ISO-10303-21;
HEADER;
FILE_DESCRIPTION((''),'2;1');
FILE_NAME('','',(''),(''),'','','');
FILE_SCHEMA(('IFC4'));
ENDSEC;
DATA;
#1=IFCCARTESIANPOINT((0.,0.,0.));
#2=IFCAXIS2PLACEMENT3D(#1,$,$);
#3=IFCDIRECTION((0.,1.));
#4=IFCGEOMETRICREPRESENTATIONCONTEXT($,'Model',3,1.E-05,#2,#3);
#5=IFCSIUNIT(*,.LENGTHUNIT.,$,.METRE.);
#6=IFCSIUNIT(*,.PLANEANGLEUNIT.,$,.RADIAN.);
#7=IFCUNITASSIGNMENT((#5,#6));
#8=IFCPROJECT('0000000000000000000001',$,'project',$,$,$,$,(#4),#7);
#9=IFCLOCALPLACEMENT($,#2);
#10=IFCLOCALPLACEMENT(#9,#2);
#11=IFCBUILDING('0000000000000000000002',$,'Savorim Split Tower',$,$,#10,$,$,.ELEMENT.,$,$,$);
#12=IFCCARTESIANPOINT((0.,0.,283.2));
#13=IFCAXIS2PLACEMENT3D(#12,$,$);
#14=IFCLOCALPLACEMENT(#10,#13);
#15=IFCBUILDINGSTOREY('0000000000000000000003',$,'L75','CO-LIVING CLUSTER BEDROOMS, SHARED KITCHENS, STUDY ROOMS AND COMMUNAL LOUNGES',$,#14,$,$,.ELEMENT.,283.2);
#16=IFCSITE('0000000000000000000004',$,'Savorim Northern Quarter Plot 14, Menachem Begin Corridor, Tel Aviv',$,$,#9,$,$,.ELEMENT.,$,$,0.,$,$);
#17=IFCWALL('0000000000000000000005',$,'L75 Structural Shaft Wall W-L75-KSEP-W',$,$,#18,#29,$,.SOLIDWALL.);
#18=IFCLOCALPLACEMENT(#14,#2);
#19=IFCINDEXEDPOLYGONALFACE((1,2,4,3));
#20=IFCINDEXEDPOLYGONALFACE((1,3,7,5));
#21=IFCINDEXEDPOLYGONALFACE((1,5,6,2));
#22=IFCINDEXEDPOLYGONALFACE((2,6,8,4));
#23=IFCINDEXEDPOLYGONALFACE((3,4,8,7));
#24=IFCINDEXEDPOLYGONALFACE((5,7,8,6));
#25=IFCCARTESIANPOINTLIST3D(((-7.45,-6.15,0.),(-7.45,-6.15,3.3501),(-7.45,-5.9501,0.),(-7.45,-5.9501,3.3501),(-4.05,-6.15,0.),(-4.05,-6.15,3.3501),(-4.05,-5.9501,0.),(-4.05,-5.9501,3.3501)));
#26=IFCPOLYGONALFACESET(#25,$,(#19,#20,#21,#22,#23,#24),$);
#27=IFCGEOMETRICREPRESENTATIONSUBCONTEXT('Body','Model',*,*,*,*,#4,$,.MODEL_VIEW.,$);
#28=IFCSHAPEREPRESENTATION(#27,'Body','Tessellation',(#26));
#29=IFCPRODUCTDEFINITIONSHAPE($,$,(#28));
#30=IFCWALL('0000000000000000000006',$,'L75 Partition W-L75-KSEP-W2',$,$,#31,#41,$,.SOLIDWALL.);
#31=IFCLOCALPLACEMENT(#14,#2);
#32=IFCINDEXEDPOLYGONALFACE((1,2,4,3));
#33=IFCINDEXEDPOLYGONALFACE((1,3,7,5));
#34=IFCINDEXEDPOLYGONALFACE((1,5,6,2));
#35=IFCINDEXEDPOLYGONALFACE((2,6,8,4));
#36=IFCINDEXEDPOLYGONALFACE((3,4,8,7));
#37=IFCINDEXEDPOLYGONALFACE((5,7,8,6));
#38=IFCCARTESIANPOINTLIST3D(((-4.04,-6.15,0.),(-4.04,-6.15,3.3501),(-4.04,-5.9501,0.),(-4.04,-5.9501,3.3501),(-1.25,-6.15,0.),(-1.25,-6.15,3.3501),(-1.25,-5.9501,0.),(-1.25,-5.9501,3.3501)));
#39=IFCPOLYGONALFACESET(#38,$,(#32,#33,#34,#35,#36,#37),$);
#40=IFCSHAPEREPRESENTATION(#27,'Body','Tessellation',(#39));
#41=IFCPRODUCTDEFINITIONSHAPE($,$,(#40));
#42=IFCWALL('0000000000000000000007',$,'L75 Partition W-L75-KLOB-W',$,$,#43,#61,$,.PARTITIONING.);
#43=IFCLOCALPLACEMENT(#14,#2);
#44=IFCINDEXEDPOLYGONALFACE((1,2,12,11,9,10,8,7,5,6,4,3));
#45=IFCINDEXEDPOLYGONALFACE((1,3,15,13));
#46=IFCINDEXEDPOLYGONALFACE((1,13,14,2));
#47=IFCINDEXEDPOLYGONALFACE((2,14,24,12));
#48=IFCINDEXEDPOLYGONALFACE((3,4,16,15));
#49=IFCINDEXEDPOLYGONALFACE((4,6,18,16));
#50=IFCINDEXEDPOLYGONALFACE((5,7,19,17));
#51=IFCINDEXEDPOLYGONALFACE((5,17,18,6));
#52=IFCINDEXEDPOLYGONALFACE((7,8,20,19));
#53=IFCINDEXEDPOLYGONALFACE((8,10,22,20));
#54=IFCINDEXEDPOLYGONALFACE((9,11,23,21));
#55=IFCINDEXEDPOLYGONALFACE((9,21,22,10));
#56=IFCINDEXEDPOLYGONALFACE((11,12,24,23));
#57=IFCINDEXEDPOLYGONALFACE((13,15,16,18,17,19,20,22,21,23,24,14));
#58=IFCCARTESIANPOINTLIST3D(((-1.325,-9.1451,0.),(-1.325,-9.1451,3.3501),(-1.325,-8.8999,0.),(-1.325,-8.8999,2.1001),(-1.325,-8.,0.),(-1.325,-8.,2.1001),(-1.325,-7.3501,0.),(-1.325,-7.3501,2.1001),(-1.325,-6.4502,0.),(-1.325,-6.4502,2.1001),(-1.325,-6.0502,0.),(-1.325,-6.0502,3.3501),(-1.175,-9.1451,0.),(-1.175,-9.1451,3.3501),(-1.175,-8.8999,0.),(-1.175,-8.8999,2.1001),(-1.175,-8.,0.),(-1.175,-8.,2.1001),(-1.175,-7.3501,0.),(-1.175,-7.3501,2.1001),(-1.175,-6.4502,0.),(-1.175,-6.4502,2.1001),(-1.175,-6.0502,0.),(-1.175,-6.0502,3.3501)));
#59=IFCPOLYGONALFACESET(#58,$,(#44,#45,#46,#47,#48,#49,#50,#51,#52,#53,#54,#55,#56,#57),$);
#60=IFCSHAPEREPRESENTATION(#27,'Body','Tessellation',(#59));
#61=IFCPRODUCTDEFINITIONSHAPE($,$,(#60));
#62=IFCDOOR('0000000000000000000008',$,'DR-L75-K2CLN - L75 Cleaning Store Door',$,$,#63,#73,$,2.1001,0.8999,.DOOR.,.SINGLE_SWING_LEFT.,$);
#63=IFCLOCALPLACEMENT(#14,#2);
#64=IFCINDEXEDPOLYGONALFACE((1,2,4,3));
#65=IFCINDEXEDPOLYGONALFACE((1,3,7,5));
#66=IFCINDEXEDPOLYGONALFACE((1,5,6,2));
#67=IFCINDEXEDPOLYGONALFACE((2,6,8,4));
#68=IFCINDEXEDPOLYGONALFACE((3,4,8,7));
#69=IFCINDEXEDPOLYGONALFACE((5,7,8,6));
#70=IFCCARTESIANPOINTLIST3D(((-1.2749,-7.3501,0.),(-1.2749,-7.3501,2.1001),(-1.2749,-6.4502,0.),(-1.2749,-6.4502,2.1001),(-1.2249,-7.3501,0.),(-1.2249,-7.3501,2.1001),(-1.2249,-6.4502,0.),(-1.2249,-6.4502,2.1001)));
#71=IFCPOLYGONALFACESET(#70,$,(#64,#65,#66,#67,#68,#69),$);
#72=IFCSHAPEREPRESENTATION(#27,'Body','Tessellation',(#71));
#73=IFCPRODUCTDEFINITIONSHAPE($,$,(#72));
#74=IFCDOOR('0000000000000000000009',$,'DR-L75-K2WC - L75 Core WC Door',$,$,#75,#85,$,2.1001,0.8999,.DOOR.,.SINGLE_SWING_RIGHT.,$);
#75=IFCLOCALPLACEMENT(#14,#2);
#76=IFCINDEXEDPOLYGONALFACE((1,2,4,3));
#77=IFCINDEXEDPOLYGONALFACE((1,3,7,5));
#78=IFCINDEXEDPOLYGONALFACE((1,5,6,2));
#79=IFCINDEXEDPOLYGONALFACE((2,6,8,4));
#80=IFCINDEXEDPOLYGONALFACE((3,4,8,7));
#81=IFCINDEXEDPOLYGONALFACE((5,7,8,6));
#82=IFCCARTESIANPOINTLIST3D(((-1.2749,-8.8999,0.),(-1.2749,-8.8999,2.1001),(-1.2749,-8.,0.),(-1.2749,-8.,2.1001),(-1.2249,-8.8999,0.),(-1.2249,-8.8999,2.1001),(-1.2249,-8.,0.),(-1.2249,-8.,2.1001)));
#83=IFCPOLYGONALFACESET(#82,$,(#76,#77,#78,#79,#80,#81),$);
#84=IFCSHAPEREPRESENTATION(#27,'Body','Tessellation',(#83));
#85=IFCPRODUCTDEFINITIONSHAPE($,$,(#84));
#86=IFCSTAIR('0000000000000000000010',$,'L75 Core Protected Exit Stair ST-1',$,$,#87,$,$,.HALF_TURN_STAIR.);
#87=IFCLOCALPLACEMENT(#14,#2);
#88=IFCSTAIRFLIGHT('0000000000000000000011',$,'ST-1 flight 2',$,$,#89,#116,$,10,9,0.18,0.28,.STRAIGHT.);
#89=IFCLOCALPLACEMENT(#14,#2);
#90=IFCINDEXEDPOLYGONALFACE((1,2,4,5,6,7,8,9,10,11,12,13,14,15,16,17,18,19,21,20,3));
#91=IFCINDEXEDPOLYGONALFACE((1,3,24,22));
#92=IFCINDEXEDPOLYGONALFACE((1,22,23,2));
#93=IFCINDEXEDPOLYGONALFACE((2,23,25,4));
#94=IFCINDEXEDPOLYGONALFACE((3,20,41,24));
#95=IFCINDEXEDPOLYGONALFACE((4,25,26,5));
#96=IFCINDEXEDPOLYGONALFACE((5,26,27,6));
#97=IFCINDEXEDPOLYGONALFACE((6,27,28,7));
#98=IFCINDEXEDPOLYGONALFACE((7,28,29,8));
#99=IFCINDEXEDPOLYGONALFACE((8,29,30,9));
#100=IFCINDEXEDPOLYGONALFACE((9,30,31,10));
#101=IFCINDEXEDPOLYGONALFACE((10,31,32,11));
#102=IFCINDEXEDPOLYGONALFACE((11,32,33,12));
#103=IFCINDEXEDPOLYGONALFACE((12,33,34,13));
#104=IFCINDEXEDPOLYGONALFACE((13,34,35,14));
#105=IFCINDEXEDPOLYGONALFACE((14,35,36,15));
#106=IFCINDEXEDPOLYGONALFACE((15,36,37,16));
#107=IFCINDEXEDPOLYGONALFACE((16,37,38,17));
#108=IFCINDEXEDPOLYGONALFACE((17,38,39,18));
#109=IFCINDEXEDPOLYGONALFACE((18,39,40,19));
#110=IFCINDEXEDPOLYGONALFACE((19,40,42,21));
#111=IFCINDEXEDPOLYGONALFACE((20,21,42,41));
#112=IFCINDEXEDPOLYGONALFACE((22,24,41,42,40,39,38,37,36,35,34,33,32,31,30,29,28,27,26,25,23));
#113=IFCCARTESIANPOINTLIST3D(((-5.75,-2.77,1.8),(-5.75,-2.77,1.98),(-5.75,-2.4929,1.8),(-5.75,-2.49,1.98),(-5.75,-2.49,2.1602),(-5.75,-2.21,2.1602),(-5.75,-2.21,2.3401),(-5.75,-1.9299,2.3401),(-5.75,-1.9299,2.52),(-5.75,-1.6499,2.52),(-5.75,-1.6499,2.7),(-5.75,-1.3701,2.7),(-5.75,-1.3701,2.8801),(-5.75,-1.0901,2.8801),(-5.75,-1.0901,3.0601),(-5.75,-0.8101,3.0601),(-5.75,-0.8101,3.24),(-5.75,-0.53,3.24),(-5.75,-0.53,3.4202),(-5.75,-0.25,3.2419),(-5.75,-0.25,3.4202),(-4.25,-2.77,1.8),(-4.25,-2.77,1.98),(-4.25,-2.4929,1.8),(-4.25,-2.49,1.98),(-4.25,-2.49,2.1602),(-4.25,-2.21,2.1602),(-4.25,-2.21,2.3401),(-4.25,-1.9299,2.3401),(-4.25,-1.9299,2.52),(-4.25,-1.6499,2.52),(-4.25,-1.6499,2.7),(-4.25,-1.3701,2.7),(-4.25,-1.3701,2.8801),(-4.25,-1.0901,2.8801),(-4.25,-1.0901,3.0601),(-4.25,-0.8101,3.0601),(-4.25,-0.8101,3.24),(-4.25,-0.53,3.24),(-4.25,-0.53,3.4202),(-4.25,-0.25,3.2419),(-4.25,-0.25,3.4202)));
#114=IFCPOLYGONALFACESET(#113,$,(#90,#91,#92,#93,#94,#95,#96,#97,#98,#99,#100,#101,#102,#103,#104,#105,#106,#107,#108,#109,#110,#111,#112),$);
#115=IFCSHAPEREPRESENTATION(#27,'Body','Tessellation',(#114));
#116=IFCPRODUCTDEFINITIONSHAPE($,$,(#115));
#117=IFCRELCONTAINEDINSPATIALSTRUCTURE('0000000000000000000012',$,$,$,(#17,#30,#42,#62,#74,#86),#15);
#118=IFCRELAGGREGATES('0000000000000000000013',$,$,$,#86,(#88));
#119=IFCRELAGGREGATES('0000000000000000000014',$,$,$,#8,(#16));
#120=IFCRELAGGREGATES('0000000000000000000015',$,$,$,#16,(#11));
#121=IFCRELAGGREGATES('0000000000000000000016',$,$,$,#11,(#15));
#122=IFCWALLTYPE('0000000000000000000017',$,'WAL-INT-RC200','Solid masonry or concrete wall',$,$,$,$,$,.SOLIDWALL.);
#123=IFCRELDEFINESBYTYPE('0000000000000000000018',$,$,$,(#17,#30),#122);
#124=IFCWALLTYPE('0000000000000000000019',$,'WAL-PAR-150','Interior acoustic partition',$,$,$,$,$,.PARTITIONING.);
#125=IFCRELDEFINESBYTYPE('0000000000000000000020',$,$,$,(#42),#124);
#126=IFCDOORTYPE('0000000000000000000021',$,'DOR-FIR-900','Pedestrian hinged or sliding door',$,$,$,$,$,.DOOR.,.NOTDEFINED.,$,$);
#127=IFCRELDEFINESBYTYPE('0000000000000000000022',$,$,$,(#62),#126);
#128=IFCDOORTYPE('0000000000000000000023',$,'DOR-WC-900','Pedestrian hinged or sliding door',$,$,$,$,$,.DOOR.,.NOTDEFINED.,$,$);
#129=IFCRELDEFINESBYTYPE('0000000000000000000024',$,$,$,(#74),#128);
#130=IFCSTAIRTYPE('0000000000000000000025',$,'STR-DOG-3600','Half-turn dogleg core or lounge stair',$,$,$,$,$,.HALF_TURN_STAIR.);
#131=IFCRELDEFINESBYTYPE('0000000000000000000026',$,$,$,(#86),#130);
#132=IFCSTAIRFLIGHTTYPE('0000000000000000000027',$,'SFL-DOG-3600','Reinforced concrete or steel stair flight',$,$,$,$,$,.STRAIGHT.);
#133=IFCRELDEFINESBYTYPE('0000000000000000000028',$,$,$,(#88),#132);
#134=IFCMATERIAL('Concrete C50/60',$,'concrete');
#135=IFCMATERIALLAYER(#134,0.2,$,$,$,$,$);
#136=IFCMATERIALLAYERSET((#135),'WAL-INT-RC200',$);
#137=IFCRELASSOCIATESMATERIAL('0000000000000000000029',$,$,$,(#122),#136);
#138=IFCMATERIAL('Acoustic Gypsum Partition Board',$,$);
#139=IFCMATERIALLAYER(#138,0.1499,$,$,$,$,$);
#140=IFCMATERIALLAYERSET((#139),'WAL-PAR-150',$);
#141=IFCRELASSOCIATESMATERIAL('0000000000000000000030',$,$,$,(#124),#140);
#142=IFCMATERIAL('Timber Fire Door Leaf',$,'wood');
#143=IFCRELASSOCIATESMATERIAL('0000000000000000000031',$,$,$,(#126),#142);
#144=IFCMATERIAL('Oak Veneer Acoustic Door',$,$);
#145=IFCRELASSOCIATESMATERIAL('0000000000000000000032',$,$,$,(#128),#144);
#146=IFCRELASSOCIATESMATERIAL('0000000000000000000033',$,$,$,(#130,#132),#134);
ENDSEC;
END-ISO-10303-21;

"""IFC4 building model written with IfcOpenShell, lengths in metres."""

from ifc_helpers import new_model, si_unit, direction, frame, frame_2d, origin, place, context, subcontext, project, spatial, polyline, rectangle, outline, extrude, material, layer, layer_set, type_object, element, fill, aggregate, save


model = new_model("IFC4")

# Units and contexts
model_context = context("Model", 3, precision=1e-05, world=origin(), true_north=direction((0.0, 1.0)))
body_context = subcontext(model_context, "Body", "Model", "MODEL_VIEW")
ifc_project = project(units=[si_unit("LENGTHUNIT", "METRE"), si_unit("PLANEANGLEUNIT", "RADIAN")], contexts=[model_context])

# Site, building, storey
site_placement = place(None, origin())
site = spatial("IfcSite", under=ifc_project, at=site_placement, Name="Savorim Northern Quarter Plot 14, Menachem Begin Corridor, Tel Aviv", CompositionType="ELEMENT", RefElevation=0.0)
building_placement = place(site_placement, origin())
building = spatial("IfcBuilding", under=site, at=building_placement, Name="Savorim Split Tower", CompositionType="ELEMENT")
storey_placement = place(building_placement, frame((0.0, 0.0, 283.2)))
storey = spatial("IfcBuildingStorey", under=building, at=storey_placement, Name="L75", Description="CO-LIVING CLUSTER BEDROOMS, SHARED KITCHENS, STUDY ROOMS AND COMMUNAL LOUNGES", CompositionType="ELEMENT", Elevation=283.2)

# Shared definitions
ifc_material_1 = material(Name="Timber Fire Door Leaf", Category="wood")

# Shared definitions
ifc_material_2 = material(Name="Concrete C50/60", Category="concrete")
ifc_layer_1 = layer(ifc_material_2, 0.2)
ifc_layer_set_1 = layer_set([ifc_layer_1], Name="WAL-INT-RC200")
wall_type_1 = type_object("IfcWallType", Name="WAL-INT-RC200", Description="Solid masonry or concrete wall", PredefinedType="SOLIDWALL", material=ifc_layer_set_1)

# Walls
wall_1_placement = place(storey_placement, frame((-7.45, -6.05, 0.0), z_axis=(0.0, 0.0, 1.0), x_axis=(1.0, 0.0, 0.0)))
element("IfcWall", 1, at=wall_1_placement, inside=storey, type_object=wall_type_1, Name="L75 Structural Shaft Wall W-L75-KSEP-W", PredefinedType="SOLIDWALL", context=body_context, shape_type="SweptSolid", body=[
    extrude(rectangle(XDim=3.3999, YDim=0.2, at=frame_2d((1.7, 0.0))), origin(), (0.0, 0.0, 1.0), 3.3501),
])
wall_2_placement = place(storey_placement, frame((-4.04, -6.05, 0.0), z_axis=(0.0, 0.0, 1.0), x_axis=(1.0, 0.0, 0.0)))
element("IfcWall", 2, at=wall_2_placement, inside=storey, type_object=wall_type_1, Name="L75 Partition W-L75-KSEP-W2", PredefinedType="SOLIDWALL", context=body_context, shape_type="SweptSolid", body=[
    extrude(rectangle(XDim=2.79, YDim=0.2, at=frame_2d((1.395, 0.0))), origin(), (0.0, 0.0, 1.0), 3.3501),
])

# Wall, openings, doors
ifc_material_3 = material(Name="Acoustic Gypsum Partition Board")
ifc_layer_2 = layer(ifc_material_3, 0.1499)
ifc_layer_set_2 = layer_set([ifc_layer_2], Name="WAL-PAR-150")
wall_type_2 = type_object("IfcWallType", Name="WAL-PAR-150", Description="Interior acoustic partition", PredefinedType="PARTITIONING", material=ifc_layer_set_2)
wall_3_placement = place(storey_placement, frame((-1.25, -9.145, 0.0), z_axis=(0.0, 0.0, 1.0), x_axis=(0.0, 1.0, 0.0)))
wall_3 = element("IfcWall", 3, at=wall_3_placement, inside=storey, type_object=wall_type_2, Name="L75 Partition W-L75-KLOB-W", PredefinedType="PARTITIONING", context=body_context, shape_type="SweptSolid", body=[
    extrude(rectangle(XDim=3.095, YDim=0.1499, at=frame_2d((1.5474, 0.0))), origin(), (0.0, 0.0, 1.0), 3.3501),
])
opening_1_placement = place(wall_3_placement, frame((1.7949, 0.0, 0.0)))
opening_1 = element("IfcOpeningElement", 4, at=opening_1_placement, cuts=wall_3, PredefinedType="OPENING", context=body_context, shape_type="SweptSolid", body=[
    extrude(rectangle(XDim=0.8999, YDim=2.1001, at=frame_2d((0.45, 1.05))), frame((0.0, 0.085, 0.0), z_axis=(0.0, -1.0, 0.0), x_axis=(1.0, 0.0, 0.0)), (0.0, 0.0, 1.0), 0.1699),
])
opening_2_placement = place(wall_3_placement, frame((0.2451, 0.0, 0.0)))
opening_2 = element("IfcOpeningElement", 5, at=opening_2_placement, cuts=wall_3, PredefinedType="OPENING", context=body_context, shape_type="SweptSolid", body=[
    extrude(rectangle(XDim=0.8999, YDim=2.1001, at=frame_2d((0.45, 1.05))), frame((0.0, 0.085, 0.0), z_axis=(0.0, -1.0, 0.0), x_axis=(1.0, 0.0, 0.0)), (0.0, 0.0, 1.0), 0.1699),
])
door_type_1 = type_object("IfcDoorType", Name="DOR-FIR-900", Description="Pedestrian hinged or sliding door", OperationType="NOTDEFINED", PredefinedType="DOOR", material=ifc_material_1)
door_1_placement = place(opening_1_placement, origin())
door_1 = element("IfcDoor", 6, at=door_1_placement, inside=storey, type_object=door_type_1, Name="DR-L75-K2CLN - L75 Cleaning Store Door", OperationType="SINGLE_SWING_LEFT", OverallHeight=2.1001, OverallWidth=0.8999, PredefinedType="DOOR", context=body_context, shape_type="SweptSolid", body=[
    extrude(rectangle(XDim=0.8999, YDim=2.1001, at=frame_2d((0.45, 1.05))), frame((0.0, 0.0249, 0.0), z_axis=(0.0, -1.0, 0.0), x_axis=(1.0, 0.0, 0.0)), (0.0, 0.0, 1.0), 0.05),
])
fill(opening_1, door_1)
ifc_material_4 = material(Name="Oak Veneer Acoustic Door")
door_type_2 = type_object("IfcDoorType", Name="DOR-WC-900", Description="Pedestrian hinged or sliding door", OperationType="NOTDEFINED", PredefinedType="DOOR", material=ifc_material_4)
door_2_placement = place(opening_2_placement, origin())
door_2 = element("IfcDoor", 7, at=door_2_placement, inside=storey, type_object=door_type_2, Name="DR-L75-K2WC - L75 Core WC Door", OperationType="SINGLE_SWING_RIGHT", OverallHeight=2.1001, OverallWidth=0.8999, PredefinedType="DOOR", context=body_context, shape_type="SweptSolid", body=[
    extrude(rectangle(XDim=0.8999, YDim=2.1001, at=frame_2d((0.45, 1.05))), frame((0.0, 0.0249, 0.0), z_axis=(0.0, -1.0, 0.0), x_axis=(1.0, 0.0, 0.0)), (0.0, 0.0, 1.0), 0.05),
])
fill(opening_2, door_2)

# Stair, stair flight
stair_type = type_object("IfcStairType", Name="STR-DOG-3600", Description="Half-turn dogleg core or lounge stair", PredefinedType="HALF_TURN_STAIR", material=ifc_material_2)
stair_placement = place(storey_placement, origin())
stair = element("IfcStair", 8, at=stair_placement, inside=storey, type_object=stair_type, Name="L75 Core Protected Exit Stair ST-1", PredefinedType="HALF_TURN_STAIR")
stair_flight_type = type_object("IfcStairFlightType", Name="SFL-DOG-3600", Description="Reinforced concrete or steel stair flight", PredefinedType="STRAIGHT", material=ifc_material_2)
stair_flight_placement = place(storey_placement, frame((-5.0, -2.77, 1.8), z_axis=(0.0, 0.0, 1.0), x_axis=(0.0, 1.0, 0.0)))
stair_flight = element("IfcStairFlight", 9, at=stair_flight_placement, type_object=stair_flight_type, Name="ST-1 flight 2", NumberOfRisers=10, NumberOfTreads=9, PredefinedType="STRAIGHT", RiserHeight=0.18, TreadLength=0.28, context=body_context, shape_type="SweptSolid", body=[
    extrude(outline(polyline([(0.0, 0.0), (0.0, 0.1799), (0.28, 0.1799), (0.28, 0.3601), (0.5601, 0.3601), (0.5601, 0.54), (0.8401, 0.54), (0.8401, 0.72), (1.1201, 0.72), (1.1201, 0.8999), (1.3999, 0.8999), (1.3999, 1.0801), (1.6799, 1.0801), (1.6799, 1.26), (1.96, 1.26), (1.96, 1.4399), (2.24, 1.4399), (2.24, 1.6201), (2.52, 1.6201), (2.52, 1.8), (2.52, 1.4419), (0.2771, 0.0), (0.0, 0.0)])), frame((0.0, 0.75, 0.0), z_axis=(0.0, -1.0, 0.0), x_axis=(1.0, 0.0, 0.0)), (0.0, 0.0, 1.0), 1.5),
])
aggregate(stair, [stair_flight])

save(model, "model.ifc")
